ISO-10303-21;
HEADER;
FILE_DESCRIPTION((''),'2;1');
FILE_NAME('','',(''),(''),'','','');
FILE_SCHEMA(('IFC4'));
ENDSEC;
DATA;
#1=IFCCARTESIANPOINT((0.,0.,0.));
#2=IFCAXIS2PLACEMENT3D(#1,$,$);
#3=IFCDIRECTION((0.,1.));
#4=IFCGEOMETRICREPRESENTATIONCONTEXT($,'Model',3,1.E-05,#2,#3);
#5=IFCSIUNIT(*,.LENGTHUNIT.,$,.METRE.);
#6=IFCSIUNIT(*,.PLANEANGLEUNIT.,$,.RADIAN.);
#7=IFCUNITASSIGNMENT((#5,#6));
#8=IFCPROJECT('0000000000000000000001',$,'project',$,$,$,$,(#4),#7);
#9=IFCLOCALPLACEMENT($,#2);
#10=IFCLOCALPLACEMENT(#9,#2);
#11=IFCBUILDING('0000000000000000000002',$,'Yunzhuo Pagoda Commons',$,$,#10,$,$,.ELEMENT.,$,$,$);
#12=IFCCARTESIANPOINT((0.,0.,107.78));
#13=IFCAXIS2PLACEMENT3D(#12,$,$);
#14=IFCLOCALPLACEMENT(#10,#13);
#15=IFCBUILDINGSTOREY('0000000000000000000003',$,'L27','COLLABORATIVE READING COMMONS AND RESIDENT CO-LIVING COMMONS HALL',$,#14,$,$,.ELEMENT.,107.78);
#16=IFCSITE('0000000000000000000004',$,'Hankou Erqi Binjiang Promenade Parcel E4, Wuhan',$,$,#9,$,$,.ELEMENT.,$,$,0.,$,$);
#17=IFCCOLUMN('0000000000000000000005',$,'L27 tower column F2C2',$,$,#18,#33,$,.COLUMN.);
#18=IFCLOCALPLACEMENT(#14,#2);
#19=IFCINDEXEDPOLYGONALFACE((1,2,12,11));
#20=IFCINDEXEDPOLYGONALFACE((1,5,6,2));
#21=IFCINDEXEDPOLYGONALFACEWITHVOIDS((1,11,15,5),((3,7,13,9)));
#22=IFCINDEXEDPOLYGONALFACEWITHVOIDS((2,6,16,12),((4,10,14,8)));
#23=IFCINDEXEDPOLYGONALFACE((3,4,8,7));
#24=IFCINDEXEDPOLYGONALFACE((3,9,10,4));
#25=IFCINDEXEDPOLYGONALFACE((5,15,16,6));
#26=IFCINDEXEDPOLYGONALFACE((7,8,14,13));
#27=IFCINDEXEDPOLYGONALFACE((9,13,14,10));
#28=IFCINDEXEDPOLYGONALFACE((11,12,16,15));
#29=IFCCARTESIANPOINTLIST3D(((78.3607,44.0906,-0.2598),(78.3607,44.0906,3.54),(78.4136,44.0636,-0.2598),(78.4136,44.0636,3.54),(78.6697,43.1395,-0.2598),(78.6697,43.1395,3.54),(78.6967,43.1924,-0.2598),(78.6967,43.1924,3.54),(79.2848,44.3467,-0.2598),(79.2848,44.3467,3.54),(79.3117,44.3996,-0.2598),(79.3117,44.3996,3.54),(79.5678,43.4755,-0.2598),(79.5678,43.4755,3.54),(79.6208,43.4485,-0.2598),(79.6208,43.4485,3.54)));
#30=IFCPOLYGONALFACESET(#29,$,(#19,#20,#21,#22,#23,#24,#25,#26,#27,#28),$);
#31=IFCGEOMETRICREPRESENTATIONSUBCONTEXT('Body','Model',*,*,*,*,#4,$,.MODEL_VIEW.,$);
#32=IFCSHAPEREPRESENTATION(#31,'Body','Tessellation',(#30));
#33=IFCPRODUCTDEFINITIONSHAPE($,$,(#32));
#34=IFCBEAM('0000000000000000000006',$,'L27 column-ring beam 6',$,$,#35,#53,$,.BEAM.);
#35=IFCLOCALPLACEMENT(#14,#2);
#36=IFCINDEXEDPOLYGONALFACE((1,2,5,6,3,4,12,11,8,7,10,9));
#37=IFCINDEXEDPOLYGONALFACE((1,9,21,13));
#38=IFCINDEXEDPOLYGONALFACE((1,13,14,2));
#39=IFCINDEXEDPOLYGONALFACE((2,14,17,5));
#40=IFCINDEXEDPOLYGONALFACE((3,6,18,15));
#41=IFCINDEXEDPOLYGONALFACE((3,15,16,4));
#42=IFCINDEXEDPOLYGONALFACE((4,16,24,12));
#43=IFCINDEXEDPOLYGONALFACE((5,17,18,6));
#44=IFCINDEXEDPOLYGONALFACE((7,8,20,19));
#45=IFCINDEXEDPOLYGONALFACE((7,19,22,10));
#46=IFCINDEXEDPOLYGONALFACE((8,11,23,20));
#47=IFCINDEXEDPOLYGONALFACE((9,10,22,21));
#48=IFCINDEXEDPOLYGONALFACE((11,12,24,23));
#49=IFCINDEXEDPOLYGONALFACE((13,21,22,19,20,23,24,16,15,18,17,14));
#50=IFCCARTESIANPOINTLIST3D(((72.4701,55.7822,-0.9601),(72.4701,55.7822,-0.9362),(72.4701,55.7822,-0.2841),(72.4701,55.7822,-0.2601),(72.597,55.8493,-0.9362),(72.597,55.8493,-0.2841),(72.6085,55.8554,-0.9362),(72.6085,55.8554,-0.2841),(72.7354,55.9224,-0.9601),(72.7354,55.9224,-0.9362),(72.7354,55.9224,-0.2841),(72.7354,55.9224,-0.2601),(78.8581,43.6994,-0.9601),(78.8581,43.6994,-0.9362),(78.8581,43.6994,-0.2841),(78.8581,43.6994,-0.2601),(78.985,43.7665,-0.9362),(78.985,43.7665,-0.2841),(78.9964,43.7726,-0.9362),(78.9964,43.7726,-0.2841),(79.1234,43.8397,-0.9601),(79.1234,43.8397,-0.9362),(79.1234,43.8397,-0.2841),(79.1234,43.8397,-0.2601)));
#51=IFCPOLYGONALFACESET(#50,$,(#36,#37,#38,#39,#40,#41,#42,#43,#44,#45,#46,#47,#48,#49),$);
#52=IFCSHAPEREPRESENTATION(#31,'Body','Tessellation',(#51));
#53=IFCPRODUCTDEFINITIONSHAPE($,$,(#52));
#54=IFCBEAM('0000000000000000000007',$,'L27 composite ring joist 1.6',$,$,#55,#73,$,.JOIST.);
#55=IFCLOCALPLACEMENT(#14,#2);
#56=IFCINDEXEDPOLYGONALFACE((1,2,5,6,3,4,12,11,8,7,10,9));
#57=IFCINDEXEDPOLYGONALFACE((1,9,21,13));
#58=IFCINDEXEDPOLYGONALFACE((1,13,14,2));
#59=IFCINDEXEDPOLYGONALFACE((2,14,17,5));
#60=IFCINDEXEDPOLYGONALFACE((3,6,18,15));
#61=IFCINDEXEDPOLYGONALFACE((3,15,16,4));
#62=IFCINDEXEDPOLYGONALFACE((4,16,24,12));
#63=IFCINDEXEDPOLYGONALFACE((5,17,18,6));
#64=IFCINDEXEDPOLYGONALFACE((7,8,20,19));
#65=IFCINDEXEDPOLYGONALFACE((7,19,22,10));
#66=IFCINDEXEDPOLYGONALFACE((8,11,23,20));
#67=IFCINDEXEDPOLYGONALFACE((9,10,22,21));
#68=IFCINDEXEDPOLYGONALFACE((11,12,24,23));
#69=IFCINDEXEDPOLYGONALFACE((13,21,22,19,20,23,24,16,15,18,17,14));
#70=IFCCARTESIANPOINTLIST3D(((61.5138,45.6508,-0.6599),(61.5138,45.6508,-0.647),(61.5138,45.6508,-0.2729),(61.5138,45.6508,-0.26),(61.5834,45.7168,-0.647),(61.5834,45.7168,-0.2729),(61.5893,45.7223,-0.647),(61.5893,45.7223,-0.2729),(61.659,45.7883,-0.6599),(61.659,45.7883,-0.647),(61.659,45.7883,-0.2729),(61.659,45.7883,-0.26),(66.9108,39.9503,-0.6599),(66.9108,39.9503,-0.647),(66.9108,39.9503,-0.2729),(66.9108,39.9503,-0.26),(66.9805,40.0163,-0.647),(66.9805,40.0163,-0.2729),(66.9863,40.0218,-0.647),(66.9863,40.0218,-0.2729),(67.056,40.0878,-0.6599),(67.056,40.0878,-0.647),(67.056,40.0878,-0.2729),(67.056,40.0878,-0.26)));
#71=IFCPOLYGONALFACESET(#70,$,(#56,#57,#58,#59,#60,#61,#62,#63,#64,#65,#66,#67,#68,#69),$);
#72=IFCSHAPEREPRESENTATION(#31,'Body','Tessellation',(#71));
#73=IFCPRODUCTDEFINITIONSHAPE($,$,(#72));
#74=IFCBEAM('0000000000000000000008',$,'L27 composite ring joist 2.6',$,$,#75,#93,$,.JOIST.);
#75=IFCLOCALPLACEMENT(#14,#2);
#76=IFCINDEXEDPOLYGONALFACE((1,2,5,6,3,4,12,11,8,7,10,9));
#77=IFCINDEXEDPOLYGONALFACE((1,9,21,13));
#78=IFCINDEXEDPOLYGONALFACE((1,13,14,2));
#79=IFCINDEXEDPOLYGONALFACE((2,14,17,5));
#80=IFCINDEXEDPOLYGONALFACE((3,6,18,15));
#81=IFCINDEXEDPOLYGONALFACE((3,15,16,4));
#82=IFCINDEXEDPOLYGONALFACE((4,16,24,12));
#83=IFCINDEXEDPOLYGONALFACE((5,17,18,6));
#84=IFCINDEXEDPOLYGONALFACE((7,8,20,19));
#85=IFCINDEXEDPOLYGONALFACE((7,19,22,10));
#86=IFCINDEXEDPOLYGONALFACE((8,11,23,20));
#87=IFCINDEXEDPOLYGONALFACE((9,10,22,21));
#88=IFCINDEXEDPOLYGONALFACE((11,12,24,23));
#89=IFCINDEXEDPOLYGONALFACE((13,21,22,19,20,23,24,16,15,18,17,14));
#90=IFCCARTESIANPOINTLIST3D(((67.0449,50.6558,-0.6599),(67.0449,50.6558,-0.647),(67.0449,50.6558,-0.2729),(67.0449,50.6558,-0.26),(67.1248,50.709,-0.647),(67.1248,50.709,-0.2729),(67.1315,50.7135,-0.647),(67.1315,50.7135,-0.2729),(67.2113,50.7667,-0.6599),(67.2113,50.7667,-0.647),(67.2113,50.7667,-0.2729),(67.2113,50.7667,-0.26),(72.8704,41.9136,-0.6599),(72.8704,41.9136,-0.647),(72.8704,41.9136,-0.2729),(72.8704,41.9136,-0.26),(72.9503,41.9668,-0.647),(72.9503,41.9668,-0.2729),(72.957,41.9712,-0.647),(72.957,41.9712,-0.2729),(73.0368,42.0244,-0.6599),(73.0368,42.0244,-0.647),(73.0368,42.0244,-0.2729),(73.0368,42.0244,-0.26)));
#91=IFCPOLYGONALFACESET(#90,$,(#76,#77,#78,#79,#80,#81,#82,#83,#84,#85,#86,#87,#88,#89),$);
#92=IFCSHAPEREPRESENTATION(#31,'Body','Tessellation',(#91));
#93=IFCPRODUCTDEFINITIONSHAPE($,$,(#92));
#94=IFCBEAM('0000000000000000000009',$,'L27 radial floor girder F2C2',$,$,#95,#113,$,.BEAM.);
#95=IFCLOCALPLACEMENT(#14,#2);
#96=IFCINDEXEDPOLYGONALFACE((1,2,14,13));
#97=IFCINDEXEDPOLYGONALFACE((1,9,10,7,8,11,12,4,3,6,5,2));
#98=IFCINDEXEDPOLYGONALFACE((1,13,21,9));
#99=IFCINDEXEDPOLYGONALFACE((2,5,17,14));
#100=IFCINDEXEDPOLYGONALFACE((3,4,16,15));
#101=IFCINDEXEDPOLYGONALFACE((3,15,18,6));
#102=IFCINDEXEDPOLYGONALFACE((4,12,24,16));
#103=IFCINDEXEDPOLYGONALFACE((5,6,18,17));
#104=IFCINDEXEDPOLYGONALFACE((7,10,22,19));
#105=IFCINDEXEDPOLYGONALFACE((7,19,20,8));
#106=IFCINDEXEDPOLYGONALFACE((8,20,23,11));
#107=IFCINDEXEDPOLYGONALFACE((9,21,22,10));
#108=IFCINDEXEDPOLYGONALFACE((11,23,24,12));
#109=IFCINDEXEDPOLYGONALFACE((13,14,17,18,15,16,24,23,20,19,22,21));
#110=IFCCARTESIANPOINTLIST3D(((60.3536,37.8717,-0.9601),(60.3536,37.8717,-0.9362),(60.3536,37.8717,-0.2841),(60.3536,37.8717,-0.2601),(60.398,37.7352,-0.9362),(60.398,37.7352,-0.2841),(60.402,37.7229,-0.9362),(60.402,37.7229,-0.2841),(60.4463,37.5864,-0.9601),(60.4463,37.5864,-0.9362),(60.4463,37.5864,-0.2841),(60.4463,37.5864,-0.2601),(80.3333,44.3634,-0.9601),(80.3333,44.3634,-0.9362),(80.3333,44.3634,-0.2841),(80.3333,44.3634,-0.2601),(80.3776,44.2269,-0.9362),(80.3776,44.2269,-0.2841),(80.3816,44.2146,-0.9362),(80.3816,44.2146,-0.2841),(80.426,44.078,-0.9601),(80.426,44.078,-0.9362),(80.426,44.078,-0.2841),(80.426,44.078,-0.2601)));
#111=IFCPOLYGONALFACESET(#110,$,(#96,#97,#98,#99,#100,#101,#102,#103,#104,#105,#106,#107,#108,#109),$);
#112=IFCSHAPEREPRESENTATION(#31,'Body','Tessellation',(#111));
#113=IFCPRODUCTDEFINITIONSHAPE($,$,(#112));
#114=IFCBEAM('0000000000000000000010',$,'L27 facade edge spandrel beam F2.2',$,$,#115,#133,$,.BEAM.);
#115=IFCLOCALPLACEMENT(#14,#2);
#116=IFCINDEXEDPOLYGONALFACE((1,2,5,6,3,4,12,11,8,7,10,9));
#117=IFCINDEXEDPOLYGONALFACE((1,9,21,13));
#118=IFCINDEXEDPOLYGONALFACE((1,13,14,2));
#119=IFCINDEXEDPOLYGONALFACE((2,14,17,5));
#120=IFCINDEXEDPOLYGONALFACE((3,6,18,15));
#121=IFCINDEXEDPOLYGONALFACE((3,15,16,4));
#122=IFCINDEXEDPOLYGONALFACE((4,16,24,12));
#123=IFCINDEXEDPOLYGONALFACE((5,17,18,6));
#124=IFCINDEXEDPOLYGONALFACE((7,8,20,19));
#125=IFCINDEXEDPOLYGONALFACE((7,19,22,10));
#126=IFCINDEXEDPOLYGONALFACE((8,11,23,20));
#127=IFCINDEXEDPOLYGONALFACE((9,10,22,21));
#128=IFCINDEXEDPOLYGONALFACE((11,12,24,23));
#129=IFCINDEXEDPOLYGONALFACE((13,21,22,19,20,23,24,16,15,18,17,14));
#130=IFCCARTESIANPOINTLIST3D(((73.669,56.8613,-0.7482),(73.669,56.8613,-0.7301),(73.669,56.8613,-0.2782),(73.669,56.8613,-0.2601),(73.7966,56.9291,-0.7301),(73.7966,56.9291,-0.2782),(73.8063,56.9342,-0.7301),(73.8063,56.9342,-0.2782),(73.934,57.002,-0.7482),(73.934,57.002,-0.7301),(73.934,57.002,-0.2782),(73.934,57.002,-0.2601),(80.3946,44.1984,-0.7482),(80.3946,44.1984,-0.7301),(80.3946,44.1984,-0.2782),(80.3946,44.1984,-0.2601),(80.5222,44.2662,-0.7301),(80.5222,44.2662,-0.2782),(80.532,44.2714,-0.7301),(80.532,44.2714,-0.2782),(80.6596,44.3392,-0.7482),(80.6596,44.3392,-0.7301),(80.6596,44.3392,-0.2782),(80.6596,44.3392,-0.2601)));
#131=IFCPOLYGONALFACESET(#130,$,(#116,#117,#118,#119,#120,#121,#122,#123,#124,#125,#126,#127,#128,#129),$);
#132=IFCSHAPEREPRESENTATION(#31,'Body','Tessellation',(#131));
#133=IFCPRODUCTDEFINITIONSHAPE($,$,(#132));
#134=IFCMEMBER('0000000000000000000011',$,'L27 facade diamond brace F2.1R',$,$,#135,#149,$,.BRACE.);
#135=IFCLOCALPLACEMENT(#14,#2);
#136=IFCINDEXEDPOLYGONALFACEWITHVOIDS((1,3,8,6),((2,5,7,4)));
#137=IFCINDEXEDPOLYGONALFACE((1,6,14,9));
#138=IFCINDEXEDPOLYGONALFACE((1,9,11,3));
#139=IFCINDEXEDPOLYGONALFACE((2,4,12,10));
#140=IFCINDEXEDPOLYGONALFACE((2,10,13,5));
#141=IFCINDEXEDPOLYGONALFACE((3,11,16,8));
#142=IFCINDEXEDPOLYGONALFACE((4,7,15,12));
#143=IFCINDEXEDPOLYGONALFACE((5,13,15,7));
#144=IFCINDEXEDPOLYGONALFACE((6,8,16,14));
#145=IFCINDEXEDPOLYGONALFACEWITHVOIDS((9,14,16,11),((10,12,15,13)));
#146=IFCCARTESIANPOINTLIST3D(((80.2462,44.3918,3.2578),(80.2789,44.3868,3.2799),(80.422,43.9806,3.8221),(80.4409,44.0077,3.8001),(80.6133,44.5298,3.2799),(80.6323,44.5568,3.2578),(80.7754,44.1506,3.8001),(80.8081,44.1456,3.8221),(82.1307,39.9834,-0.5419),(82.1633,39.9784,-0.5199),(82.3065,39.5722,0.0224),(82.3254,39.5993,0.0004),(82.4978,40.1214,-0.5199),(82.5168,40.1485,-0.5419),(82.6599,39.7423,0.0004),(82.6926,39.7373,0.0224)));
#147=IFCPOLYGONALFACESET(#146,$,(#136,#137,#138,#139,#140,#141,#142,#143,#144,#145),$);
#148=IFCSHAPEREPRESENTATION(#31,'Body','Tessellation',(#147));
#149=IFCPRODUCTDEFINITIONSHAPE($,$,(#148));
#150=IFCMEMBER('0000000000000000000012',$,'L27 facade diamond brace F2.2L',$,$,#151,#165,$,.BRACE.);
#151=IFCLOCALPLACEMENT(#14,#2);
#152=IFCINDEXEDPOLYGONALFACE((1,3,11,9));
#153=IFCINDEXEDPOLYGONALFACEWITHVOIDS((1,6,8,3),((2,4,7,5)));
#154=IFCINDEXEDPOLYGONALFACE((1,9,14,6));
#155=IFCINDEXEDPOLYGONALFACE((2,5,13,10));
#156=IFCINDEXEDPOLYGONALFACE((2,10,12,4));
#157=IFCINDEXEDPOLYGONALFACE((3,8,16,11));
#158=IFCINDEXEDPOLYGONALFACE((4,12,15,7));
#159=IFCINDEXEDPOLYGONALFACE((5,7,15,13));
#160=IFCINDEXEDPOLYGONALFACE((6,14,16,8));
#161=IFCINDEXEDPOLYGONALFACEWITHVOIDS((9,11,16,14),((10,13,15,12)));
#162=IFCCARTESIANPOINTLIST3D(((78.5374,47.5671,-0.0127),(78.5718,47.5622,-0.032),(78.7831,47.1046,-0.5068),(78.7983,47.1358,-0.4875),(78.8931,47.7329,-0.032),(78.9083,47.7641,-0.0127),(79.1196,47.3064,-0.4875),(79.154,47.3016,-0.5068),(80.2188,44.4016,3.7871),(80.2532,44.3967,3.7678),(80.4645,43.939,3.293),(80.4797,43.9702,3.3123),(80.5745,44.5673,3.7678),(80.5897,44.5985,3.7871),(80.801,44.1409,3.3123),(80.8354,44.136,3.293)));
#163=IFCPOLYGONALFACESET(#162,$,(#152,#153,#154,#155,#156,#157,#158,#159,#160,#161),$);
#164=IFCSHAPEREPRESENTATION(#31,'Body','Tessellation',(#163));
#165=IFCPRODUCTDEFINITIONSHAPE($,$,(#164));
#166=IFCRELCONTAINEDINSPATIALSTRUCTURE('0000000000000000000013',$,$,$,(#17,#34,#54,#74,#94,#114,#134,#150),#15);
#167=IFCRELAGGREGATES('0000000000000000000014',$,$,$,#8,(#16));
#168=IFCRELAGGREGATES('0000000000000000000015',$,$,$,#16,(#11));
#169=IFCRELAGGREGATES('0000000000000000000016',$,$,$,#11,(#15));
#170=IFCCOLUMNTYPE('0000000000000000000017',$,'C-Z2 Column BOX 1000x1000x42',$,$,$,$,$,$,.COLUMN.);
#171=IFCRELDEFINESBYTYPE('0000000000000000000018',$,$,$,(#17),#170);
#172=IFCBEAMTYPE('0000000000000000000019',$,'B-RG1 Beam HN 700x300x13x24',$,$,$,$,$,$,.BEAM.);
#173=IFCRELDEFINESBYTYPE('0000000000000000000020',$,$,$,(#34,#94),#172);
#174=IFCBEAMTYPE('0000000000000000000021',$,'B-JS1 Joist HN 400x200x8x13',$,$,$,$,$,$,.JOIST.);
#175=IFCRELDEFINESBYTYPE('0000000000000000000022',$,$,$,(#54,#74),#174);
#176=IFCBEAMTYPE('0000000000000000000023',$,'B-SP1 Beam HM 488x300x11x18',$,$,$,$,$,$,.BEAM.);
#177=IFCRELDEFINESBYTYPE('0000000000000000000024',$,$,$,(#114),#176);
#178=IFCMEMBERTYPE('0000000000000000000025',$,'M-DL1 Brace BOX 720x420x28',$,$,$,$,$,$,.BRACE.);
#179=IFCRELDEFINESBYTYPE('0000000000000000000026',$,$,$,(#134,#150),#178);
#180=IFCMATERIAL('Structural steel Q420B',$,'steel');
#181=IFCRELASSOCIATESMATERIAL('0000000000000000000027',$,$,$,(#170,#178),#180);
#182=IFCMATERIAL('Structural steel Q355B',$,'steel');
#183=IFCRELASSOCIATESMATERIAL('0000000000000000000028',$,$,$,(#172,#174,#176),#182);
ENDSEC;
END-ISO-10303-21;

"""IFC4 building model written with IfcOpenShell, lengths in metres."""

from ifc_helpers import new_model, si_unit, direction, frame, origin, origin_2d, place, context, subcontext, project, spatial, hollow_rectangle, i_section, extrude, source, transform, mapped, material, material_profile, profile_set, type_object, element, save


model = new_model("IFC4")

# Units and contexts
model_context = context("Model", 3, precision=1e-05, world=origin(), true_north=direction((0.0, 1.0)))
body_context = subcontext(model_context, "Body", "Model", "MODEL_VIEW")
ifc_project = project(units=[si_unit("LENGTHUNIT", "METRE"), si_unit("PLANEANGLEUNIT", "RADIAN")], contexts=[model_context])

# Site, building, storey
site_placement = place(None, origin())
site = spatial("IfcSite", under=ifc_project, at=site_placement, Name="Hankou Erqi Binjiang Promenade Parcel E4, Wuhan", CompositionType="ELEMENT", RefElevation=0.0)
building_placement = place(site_placement, origin())
building = spatial("IfcBuilding", under=site, at=building_placement, Name="Yunzhuo Pagoda Commons", CompositionType="ELEMENT")
storey_placement = place(building_placement, frame((0.0, 0.0, 107.78)))
storey = spatial("IfcBuildingStorey", under=building, at=storey_placement, Name="L27", Description="COLLABORATIVE READING COMMONS AND RESIDENT CO-LIVING COMMONS HALL", CompositionType="ELEMENT", Elevation=107.78)

# Column
ifc_material_1 = material(Name="Structural steel Q420B", Category="steel")
ifc_material_profile_1 = material_profile(ifc_material_1, hollow_rectangle(XDim=1.0, YDim=1.0, WallThickness=0.042, at=origin_2d()), Name="Structural steel Q420B")
ifc_profile_set_1 = profile_set([ifc_material_profile_1], Name="Structural steel Q420B")
column_type = type_object("IfcColumnType", Name="C-Z2 Column BOX 1000x1000x42", PredefinedType="COLUMN", material=ifc_profile_set_1)
shared_shape_1 = source(origin(), body_context, "Body", "SweptSolid", [
    extrude(hollow_rectangle(XDim=1.0, YDim=1.0, WallThickness=0.042, at=origin_2d()), origin(), (0.0, 0.0, 1.0), 3.7998),
])
column_placement = place(storey_placement, frame((78.9907, 43.7695, -0.2598), z_axis=(0.0, 0.0, 1.0), x_axis=(-0.309017, 0.951057, 0.0)))
element("IfcColumn", 1, at=column_placement, inside=storey, type_object=column_type, Name="L27 tower column F2C2", PredefinedType="COLUMN", context=body_context, shape_type="MappedRepresentation", body=[
    mapped(shared_shape_1, transform((0.0, 0.0, 0.0), scale=1.0)),
])

# Beams
ifc_material_2 = material(Name="Structural steel Q355B", Category="steel")
ifc_material_profile_2 = material_profile(ifc_material_2, i_section(OverallWidth=0.3, OverallDepth=0.7, WebThickness=0.0129, FlangeThickness=0.0239, at=origin_2d()), Name="Structural steel Q355B")
ifc_profile_set_2 = profile_set([ifc_material_profile_2], Name="Structural steel Q355B")
beam_type_1 = type_object("IfcBeamType", Name="B-RG1 Beam HN 700x300x13x24", PredefinedType="BEAM", material=ifc_profile_set_2)
shared_shape_2 = source(origin(), body_context, "Body", "SweptSolid", [
    extrude(i_section(OverallWidth=0.3, OverallDepth=0.7, WebThickness=0.0129, FlangeThickness=0.0239, at=origin_2d()), origin(), (0.0, 0.0, 1.0), 13.6675),
])
beam_1_placement = place(storey_placement, frame((78.9907, 43.7695, -0.6101), z_axis=(-0.467384, 0.884055, 0.0), x_axis=(-0.884055, -0.467384, 0.0)))
element("IfcBeam", 2, at=beam_1_placement, inside=storey, type_object=beam_type_1, Name="L27 column-ring beam 6", PredefinedType="BEAM", context=body_context, shape_type="MappedRepresentation", body=[
    mapped(shared_shape_2, transform((0.0, 0.0, 0.0), scale=1.0)),
])
ifc_material_profile_3 = material_profile(ifc_material_2, i_section(OverallWidth=0.2, OverallDepth=0.3999, WebThickness=0.0081, FlangeThickness=0.0129, at=origin_2d()), Name="Structural steel Q355B")
ifc_profile_set_3 = profile_set([ifc_material_profile_3], Name="Structural steel Q355B")
beam_type_2 = type_object("IfcBeamType", Name="B-JS1 Joist HN 400x200x8x13", PredefinedType="JOIST", material=ifc_profile_set_3)
shared_shape_3 = source(origin(), body_context, "Body", "SweptSolid", [
    extrude(i_section(OverallWidth=0.2, OverallDepth=0.3999, WebThickness=0.0081, FlangeThickness=0.0129, at=origin_2d()), origin(), (0.0, 0.0, 1.0), 7.8501),
])
beam_2_placement = place(storey_placement, frame((66.9834, 40.019, -0.46), z_axis=(-0.687513, 0.726172, 0.0), x_axis=(-0.726172, -0.687513, 0.0)))
element("IfcBeam", 3, at=beam_2_placement, inside=storey, type_object=beam_type_2, Name="L27 composite ring joist 1.6", PredefinedType="JOIST", context=body_context, shape_type="MappedRepresentation", body=[
    mapped(shared_shape_3, transform((0.0, 0.0, 0.0), scale=1.0)),
])
shared_shape_4 = source(origin(), body_context, "Body", "SweptSolid", [
    extrude(i_section(OverallWidth=0.2, OverallDepth=0.3999, WebThickness=0.0081, FlangeThickness=0.0129, at=origin_2d()), origin(), (0.0, 0.0, 1.0), 10.5054),
])
beam_3_placement = place(storey_placement, frame((72.9536, 41.969, -0.46), z_axis=(-0.554523, 0.832168, 0.0), x_axis=(-0.832168, -0.554523, 0.0)))
element("IfcBeam", 4, at=beam_3_placement, inside=storey, type_object=beam_type_2, Name="L27 composite ring joist 2.6", PredefinedType="JOIST", context=body_context, shape_type="MappedRepresentation", body=[
    mapped(shared_shape_4, transform((0.0, 0.0, 0.0), scale=1.0)),
])
shared_shape_5 = source(origin(), body_context, "Body", "SweptSolid", [
    extrude(i_section(OverallWidth=0.3, OverallDepth=0.7, WebThickness=0.0129, FlangeThickness=0.0239, at=origin_2d()), origin(), (0.0, 0.0, 1.0), 21.0078),
])
beam_4_placement = place(storey_placement, frame((80.3796, 44.2207, -0.6101), z_axis=(-0.951058, -0.309012, 0.0), x_axis=(0.309012, -0.951058, 0.0)))
element("IfcBeam", 5, at=beam_4_placement, inside=storey, type_object=beam_type_1, Name="L27 radial floor girder F2C2", PredefinedType="BEAM", context=body_context, shape_type="MappedRepresentation", body=[
    mapped(shared_shape_5, transform((0.0, 0.0, 0.0), scale=1.0)),
])
ifc_material_profile_4 = material_profile(ifc_material_2, i_section(OverallWidth=0.3, OverallDepth=0.488, WebThickness=0.011, FlangeThickness=0.0181, at=origin_2d()), Name="Structural steel Q355B")
ifc_profile_set_4 = profile_set([ifc_material_profile_4], Name="Structural steel Q355B")
beam_type_3 = type_object("IfcBeamType", Name="B-SP1 Beam HM 488x300x11x18", PredefinedType="BEAM", material=ifc_profile_set_4)
shared_shape_6 = source(origin(), body_context, "Body", "SweptSolid", [
    extrude(i_section(OverallWidth=0.3, OverallDepth=0.488, WebThickness=0.011, FlangeThickness=0.0181, at=origin_2d()), origin(), (0.0, 0.0, 1.0), 14.3381),
])
beam_5_placement = place(storey_placement, frame((80.5271, 44.2688, -0.5042), z_axis=(-0.469071, 0.88316, 0.0), x_axis=(-0.88316, -0.469071, 0.0)))
element("IfcBeam", 6, at=beam_5_placement, inside=storey, type_object=beam_type_3, Name="L27 facade edge spandrel beam F2.2", PredefinedType="BEAM", context=body_context, shape_type="MappedRepresentation", body=[
    mapped(shared_shape_6, transform((0.0, 0.0, 0.0), scale=1.0)),
])

# Members
ifc_material_profile_5 = material_profile(ifc_material_1, hollow_rectangle(XDim=0.4199, YDim=0.72, WallThickness=0.0281, at=origin_2d()), Name="Structural steel Q420B")
ifc_profile_set_5 = profile_set([ifc_material_profile_5], Name="Structural steel Q420B")
member_type_1 = type_object("IfcMemberType", Name="M-DL1 Brace BOX 720x420x28", PredefinedType="BRACE", material=ifc_profile_set_5)
shared_shape_7 = source(origin(), body_context, "Body", "SweptSolid", [
    extrude(hollow_rectangle(XDim=0.4199, YDim=0.72, WallThickness=0.0281, at=origin_2d()), origin(), (0.0, 0.0, 1.0), 6.1174),
])
member_1_placement = place(storey_placement, frame((82.4116, 39.8604, -0.2598), z_axis=(-0.308052, 0.720624, 0.621132), x_axis=(-0.919508, -0.393071, 0.0)))
element("IfcMember", 7, at=member_1_placement, inside=storey, type_object=member_type_1, Name="L27 facade diamond brace F2.1R", PredefinedType="BRACE", context=body_context, shape_type="MappedRepresentation", body=[
    mapped(shared_shape_7, transform((0.0, 0.0, 0.0), scale=1.0)),
])
shared_shape_8 = source(origin(), body_context, "Body", "SweptSolid", [
    extrude(hollow_rectangle(XDim=0.4199, YDim=0.72, WallThickness=0.0281, at=origin_2d()), origin(), (0.0, 0.0, 1.0), 5.2236),
])
member_2_placement = place(storey_placement, frame((78.8457, 47.4343, -0.2598), z_axis=(0.321884, -0.606003, 0.727428), x_axis=(0.883149, 0.469092, 0.0)))
element("IfcMember", 8, at=member_2_placement, inside=storey, type_object=member_type_1, Name="L27 facade diamond brace F2.2L", PredefinedType="BRACE", context=body_context, shape_type="MappedRepresentation", body=[
    mapped(shared_shape_8, transform((0.0, 0.0, 0.0), scale=1.0)),
])

save(model, "model.ifc")
